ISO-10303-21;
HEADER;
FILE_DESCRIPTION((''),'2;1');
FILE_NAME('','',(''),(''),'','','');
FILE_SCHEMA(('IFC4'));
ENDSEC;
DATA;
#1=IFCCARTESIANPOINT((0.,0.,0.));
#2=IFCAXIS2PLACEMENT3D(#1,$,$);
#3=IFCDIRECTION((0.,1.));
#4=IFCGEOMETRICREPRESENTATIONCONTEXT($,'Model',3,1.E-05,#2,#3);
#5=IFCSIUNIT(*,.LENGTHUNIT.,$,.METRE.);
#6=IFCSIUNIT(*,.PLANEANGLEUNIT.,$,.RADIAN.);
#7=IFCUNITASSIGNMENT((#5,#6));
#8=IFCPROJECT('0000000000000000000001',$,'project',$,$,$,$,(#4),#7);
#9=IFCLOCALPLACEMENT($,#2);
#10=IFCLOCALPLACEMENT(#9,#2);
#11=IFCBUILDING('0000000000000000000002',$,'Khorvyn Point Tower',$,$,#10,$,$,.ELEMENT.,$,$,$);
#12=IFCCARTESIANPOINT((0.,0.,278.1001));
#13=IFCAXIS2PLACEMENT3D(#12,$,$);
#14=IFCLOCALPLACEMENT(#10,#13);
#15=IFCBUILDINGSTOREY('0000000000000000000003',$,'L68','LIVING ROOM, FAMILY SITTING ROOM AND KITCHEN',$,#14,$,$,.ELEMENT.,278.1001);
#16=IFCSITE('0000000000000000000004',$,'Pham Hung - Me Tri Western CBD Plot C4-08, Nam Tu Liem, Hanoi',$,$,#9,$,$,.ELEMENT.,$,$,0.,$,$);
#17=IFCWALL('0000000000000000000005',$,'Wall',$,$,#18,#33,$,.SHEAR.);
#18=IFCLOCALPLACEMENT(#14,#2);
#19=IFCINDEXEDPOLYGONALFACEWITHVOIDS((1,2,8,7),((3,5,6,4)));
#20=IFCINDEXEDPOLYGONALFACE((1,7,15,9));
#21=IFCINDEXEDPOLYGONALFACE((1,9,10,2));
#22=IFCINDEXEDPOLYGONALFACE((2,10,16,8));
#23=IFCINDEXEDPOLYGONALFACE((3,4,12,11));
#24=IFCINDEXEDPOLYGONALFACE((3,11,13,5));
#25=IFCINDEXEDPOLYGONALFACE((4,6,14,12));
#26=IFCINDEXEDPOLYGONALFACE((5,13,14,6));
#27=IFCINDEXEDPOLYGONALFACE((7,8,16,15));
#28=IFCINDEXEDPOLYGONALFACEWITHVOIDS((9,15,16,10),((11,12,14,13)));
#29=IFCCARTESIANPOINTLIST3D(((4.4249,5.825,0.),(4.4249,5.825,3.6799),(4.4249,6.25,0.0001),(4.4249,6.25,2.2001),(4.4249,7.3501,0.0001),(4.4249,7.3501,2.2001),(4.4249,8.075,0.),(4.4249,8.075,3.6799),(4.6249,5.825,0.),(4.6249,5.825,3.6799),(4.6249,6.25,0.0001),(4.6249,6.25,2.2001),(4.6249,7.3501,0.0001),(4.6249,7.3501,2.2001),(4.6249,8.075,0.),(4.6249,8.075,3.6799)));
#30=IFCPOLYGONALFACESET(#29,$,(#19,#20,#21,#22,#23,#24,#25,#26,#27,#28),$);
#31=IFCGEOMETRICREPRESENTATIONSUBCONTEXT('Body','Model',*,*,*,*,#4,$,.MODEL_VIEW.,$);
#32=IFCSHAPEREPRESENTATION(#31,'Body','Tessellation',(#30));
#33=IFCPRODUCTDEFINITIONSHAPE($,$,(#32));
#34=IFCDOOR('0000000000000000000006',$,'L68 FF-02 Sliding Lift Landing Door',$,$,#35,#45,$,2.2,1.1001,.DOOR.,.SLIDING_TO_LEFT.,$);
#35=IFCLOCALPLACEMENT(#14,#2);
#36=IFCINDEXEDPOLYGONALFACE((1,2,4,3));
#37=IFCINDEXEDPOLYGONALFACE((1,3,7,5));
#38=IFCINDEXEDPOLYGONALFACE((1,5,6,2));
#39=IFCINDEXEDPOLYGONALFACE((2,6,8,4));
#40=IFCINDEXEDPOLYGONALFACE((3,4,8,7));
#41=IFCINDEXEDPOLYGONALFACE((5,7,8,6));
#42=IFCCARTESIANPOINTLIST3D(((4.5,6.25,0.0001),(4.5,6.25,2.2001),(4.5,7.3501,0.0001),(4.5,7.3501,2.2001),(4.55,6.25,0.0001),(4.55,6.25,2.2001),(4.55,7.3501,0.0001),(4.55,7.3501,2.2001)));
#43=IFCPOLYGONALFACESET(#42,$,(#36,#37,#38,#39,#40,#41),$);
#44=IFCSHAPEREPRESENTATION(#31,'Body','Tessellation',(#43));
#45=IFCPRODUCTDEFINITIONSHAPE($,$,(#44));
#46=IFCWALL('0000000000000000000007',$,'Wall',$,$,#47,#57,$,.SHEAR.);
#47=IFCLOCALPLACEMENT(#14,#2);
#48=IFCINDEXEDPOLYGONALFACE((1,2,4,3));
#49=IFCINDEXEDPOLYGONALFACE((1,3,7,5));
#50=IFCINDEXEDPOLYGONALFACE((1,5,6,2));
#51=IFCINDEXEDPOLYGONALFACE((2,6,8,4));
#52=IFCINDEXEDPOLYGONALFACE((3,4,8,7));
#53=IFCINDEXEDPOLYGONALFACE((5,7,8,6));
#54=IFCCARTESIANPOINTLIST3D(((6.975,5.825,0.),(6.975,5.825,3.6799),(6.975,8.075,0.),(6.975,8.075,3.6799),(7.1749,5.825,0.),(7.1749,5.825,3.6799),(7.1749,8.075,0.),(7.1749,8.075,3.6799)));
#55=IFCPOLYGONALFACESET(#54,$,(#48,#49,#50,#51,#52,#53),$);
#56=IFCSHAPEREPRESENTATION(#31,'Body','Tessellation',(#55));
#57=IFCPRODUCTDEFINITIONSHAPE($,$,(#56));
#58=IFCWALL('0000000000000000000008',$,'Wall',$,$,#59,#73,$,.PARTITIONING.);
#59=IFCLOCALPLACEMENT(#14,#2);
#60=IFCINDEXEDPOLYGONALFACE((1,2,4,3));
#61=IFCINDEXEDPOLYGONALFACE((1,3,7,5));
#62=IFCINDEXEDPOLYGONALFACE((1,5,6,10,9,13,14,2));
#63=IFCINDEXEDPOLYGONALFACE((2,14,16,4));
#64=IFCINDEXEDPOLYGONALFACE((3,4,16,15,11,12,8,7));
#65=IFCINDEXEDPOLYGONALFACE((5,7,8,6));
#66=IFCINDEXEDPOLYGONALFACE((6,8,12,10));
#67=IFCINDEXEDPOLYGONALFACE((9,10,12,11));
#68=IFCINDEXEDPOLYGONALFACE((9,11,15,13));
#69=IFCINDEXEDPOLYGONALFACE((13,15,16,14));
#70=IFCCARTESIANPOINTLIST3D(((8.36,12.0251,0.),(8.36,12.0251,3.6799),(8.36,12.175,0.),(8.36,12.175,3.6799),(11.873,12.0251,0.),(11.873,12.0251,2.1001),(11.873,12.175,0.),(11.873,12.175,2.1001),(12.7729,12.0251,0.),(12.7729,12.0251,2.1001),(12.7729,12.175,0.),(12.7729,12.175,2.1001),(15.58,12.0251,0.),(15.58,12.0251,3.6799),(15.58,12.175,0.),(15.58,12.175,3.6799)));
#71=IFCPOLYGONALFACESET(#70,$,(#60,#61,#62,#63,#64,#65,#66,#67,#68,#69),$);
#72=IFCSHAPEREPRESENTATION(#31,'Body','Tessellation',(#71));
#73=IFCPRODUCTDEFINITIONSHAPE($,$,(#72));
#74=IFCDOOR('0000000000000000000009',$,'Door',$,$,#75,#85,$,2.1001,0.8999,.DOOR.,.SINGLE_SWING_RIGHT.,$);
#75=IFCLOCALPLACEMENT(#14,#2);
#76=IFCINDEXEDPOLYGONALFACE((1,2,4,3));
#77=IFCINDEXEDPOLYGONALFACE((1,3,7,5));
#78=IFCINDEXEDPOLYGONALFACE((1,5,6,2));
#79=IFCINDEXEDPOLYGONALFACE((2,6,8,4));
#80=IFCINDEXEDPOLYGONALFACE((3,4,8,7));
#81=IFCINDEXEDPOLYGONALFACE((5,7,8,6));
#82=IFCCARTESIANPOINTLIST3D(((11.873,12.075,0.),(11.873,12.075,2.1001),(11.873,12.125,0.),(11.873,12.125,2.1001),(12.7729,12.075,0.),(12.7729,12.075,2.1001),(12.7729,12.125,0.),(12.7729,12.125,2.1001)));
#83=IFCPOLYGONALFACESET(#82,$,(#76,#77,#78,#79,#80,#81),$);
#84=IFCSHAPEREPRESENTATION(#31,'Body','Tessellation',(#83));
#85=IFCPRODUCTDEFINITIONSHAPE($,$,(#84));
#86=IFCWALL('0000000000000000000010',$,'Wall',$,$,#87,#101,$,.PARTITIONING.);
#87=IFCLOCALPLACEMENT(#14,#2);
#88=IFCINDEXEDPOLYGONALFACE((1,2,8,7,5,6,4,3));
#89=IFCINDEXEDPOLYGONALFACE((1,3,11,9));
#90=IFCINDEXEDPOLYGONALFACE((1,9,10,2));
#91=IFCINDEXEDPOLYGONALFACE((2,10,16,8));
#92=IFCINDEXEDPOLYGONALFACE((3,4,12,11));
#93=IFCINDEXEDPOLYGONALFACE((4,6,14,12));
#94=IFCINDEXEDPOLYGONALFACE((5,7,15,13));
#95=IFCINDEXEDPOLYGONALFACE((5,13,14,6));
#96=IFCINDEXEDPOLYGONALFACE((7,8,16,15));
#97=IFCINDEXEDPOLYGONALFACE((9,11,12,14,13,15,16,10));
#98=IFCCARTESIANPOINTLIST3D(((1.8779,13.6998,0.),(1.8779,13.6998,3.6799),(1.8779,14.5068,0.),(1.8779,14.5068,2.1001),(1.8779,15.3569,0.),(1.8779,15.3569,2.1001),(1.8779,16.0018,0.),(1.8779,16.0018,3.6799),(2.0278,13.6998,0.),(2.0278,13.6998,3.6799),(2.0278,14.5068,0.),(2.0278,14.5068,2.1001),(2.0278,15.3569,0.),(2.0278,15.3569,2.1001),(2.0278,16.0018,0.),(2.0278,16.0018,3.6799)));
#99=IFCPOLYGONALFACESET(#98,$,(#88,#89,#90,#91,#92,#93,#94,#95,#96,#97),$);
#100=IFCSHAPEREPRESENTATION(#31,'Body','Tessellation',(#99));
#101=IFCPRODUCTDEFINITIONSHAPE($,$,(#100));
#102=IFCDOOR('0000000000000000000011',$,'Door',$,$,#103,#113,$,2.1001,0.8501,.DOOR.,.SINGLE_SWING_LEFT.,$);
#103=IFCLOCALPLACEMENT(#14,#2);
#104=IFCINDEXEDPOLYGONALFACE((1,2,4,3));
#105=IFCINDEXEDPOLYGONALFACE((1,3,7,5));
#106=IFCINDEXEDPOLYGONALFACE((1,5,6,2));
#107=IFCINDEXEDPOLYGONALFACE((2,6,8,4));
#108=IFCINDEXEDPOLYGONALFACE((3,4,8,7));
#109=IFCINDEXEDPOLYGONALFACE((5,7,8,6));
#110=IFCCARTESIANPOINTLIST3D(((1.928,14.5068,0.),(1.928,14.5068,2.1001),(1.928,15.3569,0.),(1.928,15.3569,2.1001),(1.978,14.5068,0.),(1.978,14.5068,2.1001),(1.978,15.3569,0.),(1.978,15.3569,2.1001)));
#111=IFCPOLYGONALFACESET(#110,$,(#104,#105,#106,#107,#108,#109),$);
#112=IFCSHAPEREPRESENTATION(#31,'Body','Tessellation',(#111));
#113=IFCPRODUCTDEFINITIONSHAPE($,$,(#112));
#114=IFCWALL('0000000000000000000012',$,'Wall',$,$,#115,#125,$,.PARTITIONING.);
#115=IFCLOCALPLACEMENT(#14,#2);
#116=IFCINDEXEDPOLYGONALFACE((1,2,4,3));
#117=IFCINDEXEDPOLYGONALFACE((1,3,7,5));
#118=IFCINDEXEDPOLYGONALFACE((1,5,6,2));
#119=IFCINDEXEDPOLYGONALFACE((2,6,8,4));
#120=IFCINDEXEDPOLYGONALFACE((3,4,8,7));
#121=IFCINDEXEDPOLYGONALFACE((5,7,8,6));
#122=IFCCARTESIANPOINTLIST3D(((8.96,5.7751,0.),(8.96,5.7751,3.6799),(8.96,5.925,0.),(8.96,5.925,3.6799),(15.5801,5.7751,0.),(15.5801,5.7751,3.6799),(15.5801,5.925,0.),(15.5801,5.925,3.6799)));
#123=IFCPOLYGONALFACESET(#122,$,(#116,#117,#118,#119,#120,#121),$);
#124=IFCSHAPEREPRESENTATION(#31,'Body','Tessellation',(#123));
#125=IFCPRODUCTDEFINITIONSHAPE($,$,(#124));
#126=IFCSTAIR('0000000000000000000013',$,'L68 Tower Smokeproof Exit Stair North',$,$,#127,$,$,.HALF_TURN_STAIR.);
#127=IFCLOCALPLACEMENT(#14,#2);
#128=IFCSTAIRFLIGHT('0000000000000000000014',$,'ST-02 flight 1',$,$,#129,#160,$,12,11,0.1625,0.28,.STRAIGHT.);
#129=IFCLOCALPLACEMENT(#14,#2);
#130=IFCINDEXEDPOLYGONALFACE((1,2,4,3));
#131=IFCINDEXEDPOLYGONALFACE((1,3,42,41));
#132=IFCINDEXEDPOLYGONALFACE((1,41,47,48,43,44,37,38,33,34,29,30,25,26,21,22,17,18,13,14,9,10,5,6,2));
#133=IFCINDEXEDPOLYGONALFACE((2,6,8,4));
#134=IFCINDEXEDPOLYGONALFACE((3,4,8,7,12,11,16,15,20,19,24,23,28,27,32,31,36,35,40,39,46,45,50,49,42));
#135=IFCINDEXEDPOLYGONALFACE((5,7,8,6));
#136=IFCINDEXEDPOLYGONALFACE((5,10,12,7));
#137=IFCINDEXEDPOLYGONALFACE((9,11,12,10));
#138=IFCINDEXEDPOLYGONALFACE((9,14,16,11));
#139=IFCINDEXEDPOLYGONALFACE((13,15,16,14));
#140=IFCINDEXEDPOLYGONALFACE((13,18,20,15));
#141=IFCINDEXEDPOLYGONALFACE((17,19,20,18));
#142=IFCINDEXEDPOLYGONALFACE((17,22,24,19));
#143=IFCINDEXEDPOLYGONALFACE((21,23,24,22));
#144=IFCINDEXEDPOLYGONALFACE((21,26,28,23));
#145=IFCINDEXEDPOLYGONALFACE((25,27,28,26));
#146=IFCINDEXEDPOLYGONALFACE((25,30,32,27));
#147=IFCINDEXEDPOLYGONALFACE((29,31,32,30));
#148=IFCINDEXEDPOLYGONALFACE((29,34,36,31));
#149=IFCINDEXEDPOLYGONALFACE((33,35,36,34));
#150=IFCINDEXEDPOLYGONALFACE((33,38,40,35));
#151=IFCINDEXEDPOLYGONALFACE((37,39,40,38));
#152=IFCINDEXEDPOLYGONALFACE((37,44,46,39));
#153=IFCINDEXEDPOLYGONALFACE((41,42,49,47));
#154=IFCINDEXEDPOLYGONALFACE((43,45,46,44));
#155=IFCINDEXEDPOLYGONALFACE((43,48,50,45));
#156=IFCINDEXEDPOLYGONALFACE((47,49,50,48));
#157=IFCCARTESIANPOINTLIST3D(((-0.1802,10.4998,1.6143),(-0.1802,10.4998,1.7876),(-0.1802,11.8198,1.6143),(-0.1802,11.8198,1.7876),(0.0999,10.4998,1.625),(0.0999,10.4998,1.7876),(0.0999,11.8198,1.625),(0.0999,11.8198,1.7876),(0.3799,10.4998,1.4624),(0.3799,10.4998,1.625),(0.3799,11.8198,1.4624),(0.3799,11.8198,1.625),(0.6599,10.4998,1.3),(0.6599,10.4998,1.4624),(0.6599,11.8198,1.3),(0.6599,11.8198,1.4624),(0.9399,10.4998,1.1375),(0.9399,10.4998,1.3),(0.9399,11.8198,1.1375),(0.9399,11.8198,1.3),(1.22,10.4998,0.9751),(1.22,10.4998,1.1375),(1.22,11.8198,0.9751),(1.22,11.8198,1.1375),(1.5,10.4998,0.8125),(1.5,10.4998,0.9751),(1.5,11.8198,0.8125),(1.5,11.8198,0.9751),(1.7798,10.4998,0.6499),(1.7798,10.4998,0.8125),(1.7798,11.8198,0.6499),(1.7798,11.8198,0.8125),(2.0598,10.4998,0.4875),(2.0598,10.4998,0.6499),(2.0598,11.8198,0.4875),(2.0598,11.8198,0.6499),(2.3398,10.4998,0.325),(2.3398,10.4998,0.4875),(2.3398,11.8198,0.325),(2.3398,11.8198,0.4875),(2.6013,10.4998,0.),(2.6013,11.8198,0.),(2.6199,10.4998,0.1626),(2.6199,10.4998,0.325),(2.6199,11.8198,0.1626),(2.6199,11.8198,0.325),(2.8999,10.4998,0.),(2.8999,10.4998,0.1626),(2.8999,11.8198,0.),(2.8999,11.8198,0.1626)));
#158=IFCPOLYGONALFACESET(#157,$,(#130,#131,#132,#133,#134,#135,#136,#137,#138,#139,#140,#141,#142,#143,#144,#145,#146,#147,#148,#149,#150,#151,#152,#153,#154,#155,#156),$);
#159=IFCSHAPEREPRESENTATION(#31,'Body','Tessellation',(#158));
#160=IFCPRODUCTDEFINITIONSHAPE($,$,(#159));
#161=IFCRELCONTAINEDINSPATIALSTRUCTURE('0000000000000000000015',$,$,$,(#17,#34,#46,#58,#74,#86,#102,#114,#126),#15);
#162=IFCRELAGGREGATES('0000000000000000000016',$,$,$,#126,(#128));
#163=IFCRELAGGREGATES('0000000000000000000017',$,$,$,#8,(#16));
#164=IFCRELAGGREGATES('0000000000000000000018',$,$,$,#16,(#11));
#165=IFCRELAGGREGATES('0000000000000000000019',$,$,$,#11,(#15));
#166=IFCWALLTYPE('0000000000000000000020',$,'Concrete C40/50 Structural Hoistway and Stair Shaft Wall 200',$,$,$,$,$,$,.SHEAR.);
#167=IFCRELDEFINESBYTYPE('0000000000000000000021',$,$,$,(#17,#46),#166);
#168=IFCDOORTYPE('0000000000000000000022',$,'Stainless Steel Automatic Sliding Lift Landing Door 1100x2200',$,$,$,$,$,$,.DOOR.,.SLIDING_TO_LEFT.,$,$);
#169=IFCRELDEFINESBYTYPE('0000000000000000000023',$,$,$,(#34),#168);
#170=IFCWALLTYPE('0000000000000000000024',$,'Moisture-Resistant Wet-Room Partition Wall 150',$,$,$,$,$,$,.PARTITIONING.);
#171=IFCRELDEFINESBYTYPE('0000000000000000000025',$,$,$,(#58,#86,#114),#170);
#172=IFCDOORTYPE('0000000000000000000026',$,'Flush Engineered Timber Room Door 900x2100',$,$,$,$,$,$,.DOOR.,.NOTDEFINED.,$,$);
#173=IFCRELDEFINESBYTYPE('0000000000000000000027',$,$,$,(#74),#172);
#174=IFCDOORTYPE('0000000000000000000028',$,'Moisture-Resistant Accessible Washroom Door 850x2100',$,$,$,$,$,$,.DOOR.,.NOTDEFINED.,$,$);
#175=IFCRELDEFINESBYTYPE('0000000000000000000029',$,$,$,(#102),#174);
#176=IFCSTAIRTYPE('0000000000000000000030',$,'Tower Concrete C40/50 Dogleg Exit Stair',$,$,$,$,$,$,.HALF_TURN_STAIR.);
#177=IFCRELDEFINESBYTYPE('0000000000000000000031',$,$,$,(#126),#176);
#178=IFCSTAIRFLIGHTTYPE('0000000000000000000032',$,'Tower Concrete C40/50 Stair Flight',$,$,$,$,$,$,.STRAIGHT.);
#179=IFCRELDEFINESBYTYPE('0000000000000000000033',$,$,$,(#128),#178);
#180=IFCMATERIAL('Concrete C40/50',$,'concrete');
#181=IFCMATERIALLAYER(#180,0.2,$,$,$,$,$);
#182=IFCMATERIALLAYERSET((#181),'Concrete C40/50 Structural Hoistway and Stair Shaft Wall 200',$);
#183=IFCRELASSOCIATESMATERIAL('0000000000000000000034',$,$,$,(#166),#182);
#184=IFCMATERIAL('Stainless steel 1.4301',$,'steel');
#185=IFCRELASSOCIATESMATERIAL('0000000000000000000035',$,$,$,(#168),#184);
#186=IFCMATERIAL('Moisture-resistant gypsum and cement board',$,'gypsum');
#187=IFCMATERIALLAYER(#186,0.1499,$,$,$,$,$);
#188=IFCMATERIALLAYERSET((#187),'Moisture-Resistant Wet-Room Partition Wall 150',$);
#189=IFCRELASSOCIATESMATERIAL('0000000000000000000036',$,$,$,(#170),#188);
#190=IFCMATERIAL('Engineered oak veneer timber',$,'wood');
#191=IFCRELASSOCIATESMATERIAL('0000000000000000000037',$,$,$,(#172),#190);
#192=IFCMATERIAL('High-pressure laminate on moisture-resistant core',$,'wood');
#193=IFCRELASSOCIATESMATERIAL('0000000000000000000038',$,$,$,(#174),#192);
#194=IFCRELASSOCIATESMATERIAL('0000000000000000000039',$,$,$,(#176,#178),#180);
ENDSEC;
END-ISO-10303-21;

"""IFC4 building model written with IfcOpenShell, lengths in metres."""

from ifc_helpers import new_model, si_unit, direction, frame, frame_2d, origin, place, context, subcontext, project, spatial, polyline, rectangle, outline, extrude, material, layer, layer_set, type_object, element, fill, aggregate, save


model = new_model("IFC4")

# Units and contexts
model_context = context("Model", 3, precision=1e-05, world=origin(), true_north=direction((0.0, 1.0)))
body_context = subcontext(model_context, "Body", "Model", "MODEL_VIEW")
ifc_project = project(units=[si_unit("LENGTHUNIT", "METRE"), si_unit("PLANEANGLEUNIT", "RADIAN")], contexts=[model_context])

# Site, building, storey
site_placement = place(None, origin())
site = spatial("IfcSite", under=ifc_project, at=site_placement, Name="Pham Hung - Me Tri Western CBD Plot C4-08, Nam Tu Liem, Hanoi", CompositionType="ELEMENT", RefElevation=0.0)
building_placement = place(site_placement, origin())
building = spatial("IfcBuilding", under=site, at=building_placement, Name="Khorvyn Point Tower", CompositionType="ELEMENT")
storey_placement = place(building_placement, frame((0.0, 0.0, 278.1001)))
storey = spatial("IfcBuildingStorey", under=building, at=storey_placement, Name="L68", Description="LIVING ROOM, FAMILY SITTING ROOM AND KITCHEN", CompositionType="ELEMENT", Elevation=278.1001)

# Shared definitions
ifc_material_1 = material(Name="Concrete C40/50", Category="concrete")

# Wall, opening, door
ifc_layer_1 = layer(ifc_material_1, 0.2)
ifc_layer_set_1 = layer_set([ifc_layer_1], Name="Concrete C40/50 Structural Hoistway and Stair Shaft Wall 200")
wall_type_1 = type_object("IfcWallType", Name="Concrete C40/50 Structural Hoistway and Stair Shaft Wall 200", PredefinedType="SHEAR", material=ifc_layer_set_1)
wall_1_placement = place(storey_placement, frame((4.5249, 5.825, 0.0), z_axis=(0.0, 0.0, 1.0), x_axis=(0.0, 1.0, 0.0)))
wall_1 = element("IfcWall", 1, at=wall_1_placement, inside=storey, type_object=wall_type_1, Name="Wall", PredefinedType="SHEAR", context=body_context, shape_type="SweptSolid", body=[
    extrude(rectangle(XDim=2.25, YDim=0.2, at=frame_2d((1.125, 0.0))), origin(), (0.0, 0.0, 1.0), 3.6799),
])
opening_1_placement = place(wall_1_placement, frame((0.425, 0.0, 0.0)))
opening_1 = element("IfcOpeningElement", 2, at=opening_1_placement, cuts=wall_1, PredefinedType="OPENING", context=body_context, shape_type="SweptSolid", body=[
    extrude(rectangle(XDim=1.1001, YDim=2.2, at=frame_2d((0.55, 1.1001))), frame((0.0, 0.1099, 0.0), z_axis=(0.0, -1.0, 0.0), x_axis=(1.0, 0.0, 0.0)), (0.0, 0.0, 1.0), 0.22),
])
ifc_material_2 = material(Name="Stainless steel 1.4301", Category="steel")
door_type_1 = type_object("IfcDoorType", Name="Stainless Steel Automatic Sliding Lift Landing Door 1100x2200", OperationType="SLIDING_TO_LEFT", PredefinedType="DOOR", material=ifc_material_2)
door_1_placement = place(opening_1_placement, origin())
door_1 = element("IfcDoor", 3, at=door_1_placement, inside=storey, type_object=door_type_1, Name="L68 FF-02 Sliding Lift Landing Door", OperationType="SLIDING_TO_LEFT", OverallHeight=2.2, OverallWidth=1.1001, PredefinedType="DOOR", context=body_context, shape_type="SweptSolid", body=[
    extrude(rectangle(XDim=1.1001, YDim=2.2, at=frame_2d((0.55, 1.1001))), frame((0.0, 0.0249, 0.0), z_axis=(0.0, -1.0, 0.0), x_axis=(1.0, 0.0, 0.0)), (0.0, 0.0, 1.0), 0.05),
])
fill(opening_1, door_1)

# Wall
wall_2_placement = place(storey_placement, frame((7.075, 5.825, 0.0), z_axis=(0.0, 0.0, 1.0), x_axis=(0.0, 1.0, 0.0)))
element("IfcWall", 4, at=wall_2_placement, inside=storey, type_object=wall_type_1, Name="Wall", PredefinedType="SHEAR", context=body_context, shape_type="SweptSolid", body=[
    extrude(rectangle(XDim=2.25, YDim=0.2, at=frame_2d((1.125, 0.0))), origin(), (0.0, 0.0, 1.0), 3.6799),
])

# Walls, openings, doors
ifc_material_3 = material(Name="Moisture-resistant gypsum and cement board", Category="gypsum")
ifc_layer_2 = layer(ifc_material_3, 0.1499)
ifc_layer_set_2 = layer_set([ifc_layer_2], Name="Moisture-Resistant Wet-Room Partition Wall 150")
wall_type_2 = type_object("IfcWallType", Name="Moisture-Resistant Wet-Room Partition Wall 150", PredefinedType="PARTITIONING", material=ifc_layer_set_2)
wall_3_placement = place(storey_placement, frame((8.3601, 12.1001, 0.0), z_axis=(0.0, 0.0, 1.0), x_axis=(1.0, 0.0, 0.0)))
wall_3 = element("IfcWall", 5, at=wall_3_placement, inside=storey, type_object=wall_type_2, Name="Wall", PredefinedType="PARTITIONING", context=body_context, shape_type="SweptSolid", body=[
    extrude(rectangle(XDim=7.22, YDim=0.1499, at=frame_2d((3.6099, 0.0))), origin(), (0.0, 0.0, 1.0), 3.6799),
])
opening_2_placement = place(wall_3_placement, frame((3.5129, 0.0, 0.0)))
opening_2 = element("IfcOpeningElement", 6, at=opening_2_placement, cuts=wall_3, PredefinedType="OPENING", context=body_context, shape_type="SweptSolid", body=[
    extrude(rectangle(XDim=0.8999, YDim=2.1001, at=frame_2d((0.45, 1.05))), frame((0.0, 0.085, 0.0), z_axis=(0.0, -1.0, 0.0), x_axis=(1.0, 0.0, 0.0)), (0.0, 0.0, 1.0), 0.1699),
])
ifc_material_4 = material(Name="Engineered oak veneer timber", Category="wood")
door_type_2 = type_object("IfcDoorType", Name="Flush Engineered Timber Room Door 900x2100", OperationType="NOTDEFINED", PredefinedType="DOOR", material=ifc_material_4)
door_2_placement = place(opening_2_placement, origin())
door_2 = element("IfcDoor", 7, at=door_2_placement, inside=storey, type_object=door_type_2, Name="Door", OperationType="SINGLE_SWING_RIGHT", OverallHeight=2.1001, OverallWidth=0.8999, PredefinedType="DOOR", context=body_context, shape_type="SweptSolid", body=[
    extrude(rectangle(XDim=0.8999, YDim=2.1001, at=frame_2d((0.45, 1.05))), frame((0.0, 0.0249, 0.0), z_axis=(0.0, -1.0, 0.0), x_axis=(1.0, 0.0, 0.0)), (0.0, 0.0, 1.0), 0.05),
])
fill(opening_2, door_2)
wall_4_placement = place(storey_placement, frame((1.9529, 13.7, 0.0), z_axis=(0.0, 0.0, 1.0), x_axis=(0.0, 1.0, 0.0)))
wall_4 = element("IfcWall", 8, at=wall_4_placement, inside=storey, type_object=wall_type_2, Name="Wall", PredefinedType="PARTITIONING", context=body_context, shape_type="SweptSolid", body=[
    extrude(rectangle(XDim=2.302, YDim=0.1499, at=frame_2d((1.1509, 0.0))), origin(), (0.0, 0.0, 1.0), 3.6799),
])
opening_3_placement = place(wall_4_placement, frame((0.8069, 0.0, 0.0)))
opening_3 = element("IfcOpeningElement", 9, at=opening_3_placement, cuts=wall_4, PredefinedType="OPENING", context=body_context, shape_type="SweptSolid", body=[
    extrude(rectangle(XDim=0.8501, YDim=2.1001, at=frame_2d((0.425, 1.05))), frame((0.0, 0.085, 0.0), z_axis=(0.0, -1.0, 0.0), x_axis=(1.0, 0.0, 0.0)), (0.0, 0.0, 1.0), 0.1699),
])
ifc_material_5 = material(Name="High-pressure laminate on moisture-resistant core", Category="wood")
door_type_3 = type_object("IfcDoorType", Name="Moisture-Resistant Accessible Washroom Door 850x2100", OperationType="NOTDEFINED", PredefinedType="DOOR", material=ifc_material_5)
door_3_placement = place(opening_3_placement, origin())
door_3 = element("IfcDoor", 10, at=door_3_placement, inside=storey, type_object=door_type_3, Name="Door", OperationType="SINGLE_SWING_LEFT", OverallHeight=2.1001, OverallWidth=0.8501, PredefinedType="DOOR", context=body_context, shape_type="SweptSolid", body=[
    extrude(rectangle(XDim=0.8501, YDim=2.1001, at=frame_2d((0.425, 1.05))), frame((0.0, 0.0249, 0.0), z_axis=(0.0, -1.0, 0.0), x_axis=(1.0, 0.0, 0.0)), (0.0, 0.0, 1.0), 0.05),
])
fill(opening_3, door_3)

# Wall
wall_5_placement = place(storey_placement, frame((8.96, 5.8501, 0.0), z_axis=(0.0, 0.0, 1.0), x_axis=(1.0, 0.0, 0.0)))
element("IfcWall", 11, at=wall_5_placement, inside=storey, type_object=wall_type_2, Name="Wall", PredefinedType="PARTITIONING", context=body_context, shape_type="SweptSolid", body=[
    extrude(rectangle(XDim=6.6201, YDim=0.1499, at=frame_2d((3.3101, 0.0))), origin(), (0.0, 0.0, 1.0), 3.6799),
])

# Stair, stair flight
stair_type = type_object("IfcStairType", Name="Tower Concrete C40/50 Dogleg Exit Stair", PredefinedType="HALF_TURN_STAIR", material=ifc_material_1)
stair_placement = place(storey_placement, origin())
stair = element("IfcStair", 12, at=stair_placement, inside=storey, type_object=stair_type, Name="L68 Tower Smokeproof Exit Stair North", PredefinedType="HALF_TURN_STAIR")
stair_flight_type = type_object("IfcStairFlightType", Name="Tower Concrete C40/50 Stair Flight", PredefinedType="STRAIGHT", material=ifc_material_1)
stair_flight_placement = place(storey_placement, frame((2.8999, 11.1599, 0.0), z_axis=(0.0, 0.0, 1.0), x_axis=(-1.0, 0.0, 0.0)))
stair_flight = element("IfcStairFlight", 13, at=stair_flight_placement, type_object=stair_flight_type, Name="ST-02 flight 1", NumberOfRisers=12, NumberOfTreads=11, PredefinedType="STRAIGHT", RiserHeight=0.1625, TreadLength=0.28, context=body_context, shape_type="SweptSolid", body=[
    extrude(outline(polyline([(0.0, 0.0), (0.0, 0.1626), (0.28, 0.1626), (0.28, 0.325), (0.5601, 0.325), (0.5601, 0.4875), (0.8401, 0.4875), (0.8401, 0.6499), (1.1201, 0.6499), (1.1201, 0.8125), (1.3999, 0.8125), (1.3999, 0.9751), (1.6799, 0.9751), (1.6799, 1.1375), (1.96, 1.1375), (1.96, 1.3), (2.24, 1.3), (2.24, 1.4624), (2.52, 1.4624), (2.52, 1.625), (2.8, 1.625), (2.8, 1.7876), (3.0801, 1.7876), (3.0801, 1.95), (3.0801, 1.6143), (0.2986, 0.0), (0.0, 0.0)])), frame((0.0, 0.6602, 0.0), z_axis=(0.0, -1.0, 0.0), x_axis=(1.0, 0.0, 0.0)), (0.0, 0.0, 1.0), 1.3201),
])
aggregate(stair, [stair_flight])

save(model, "model.ifc")
